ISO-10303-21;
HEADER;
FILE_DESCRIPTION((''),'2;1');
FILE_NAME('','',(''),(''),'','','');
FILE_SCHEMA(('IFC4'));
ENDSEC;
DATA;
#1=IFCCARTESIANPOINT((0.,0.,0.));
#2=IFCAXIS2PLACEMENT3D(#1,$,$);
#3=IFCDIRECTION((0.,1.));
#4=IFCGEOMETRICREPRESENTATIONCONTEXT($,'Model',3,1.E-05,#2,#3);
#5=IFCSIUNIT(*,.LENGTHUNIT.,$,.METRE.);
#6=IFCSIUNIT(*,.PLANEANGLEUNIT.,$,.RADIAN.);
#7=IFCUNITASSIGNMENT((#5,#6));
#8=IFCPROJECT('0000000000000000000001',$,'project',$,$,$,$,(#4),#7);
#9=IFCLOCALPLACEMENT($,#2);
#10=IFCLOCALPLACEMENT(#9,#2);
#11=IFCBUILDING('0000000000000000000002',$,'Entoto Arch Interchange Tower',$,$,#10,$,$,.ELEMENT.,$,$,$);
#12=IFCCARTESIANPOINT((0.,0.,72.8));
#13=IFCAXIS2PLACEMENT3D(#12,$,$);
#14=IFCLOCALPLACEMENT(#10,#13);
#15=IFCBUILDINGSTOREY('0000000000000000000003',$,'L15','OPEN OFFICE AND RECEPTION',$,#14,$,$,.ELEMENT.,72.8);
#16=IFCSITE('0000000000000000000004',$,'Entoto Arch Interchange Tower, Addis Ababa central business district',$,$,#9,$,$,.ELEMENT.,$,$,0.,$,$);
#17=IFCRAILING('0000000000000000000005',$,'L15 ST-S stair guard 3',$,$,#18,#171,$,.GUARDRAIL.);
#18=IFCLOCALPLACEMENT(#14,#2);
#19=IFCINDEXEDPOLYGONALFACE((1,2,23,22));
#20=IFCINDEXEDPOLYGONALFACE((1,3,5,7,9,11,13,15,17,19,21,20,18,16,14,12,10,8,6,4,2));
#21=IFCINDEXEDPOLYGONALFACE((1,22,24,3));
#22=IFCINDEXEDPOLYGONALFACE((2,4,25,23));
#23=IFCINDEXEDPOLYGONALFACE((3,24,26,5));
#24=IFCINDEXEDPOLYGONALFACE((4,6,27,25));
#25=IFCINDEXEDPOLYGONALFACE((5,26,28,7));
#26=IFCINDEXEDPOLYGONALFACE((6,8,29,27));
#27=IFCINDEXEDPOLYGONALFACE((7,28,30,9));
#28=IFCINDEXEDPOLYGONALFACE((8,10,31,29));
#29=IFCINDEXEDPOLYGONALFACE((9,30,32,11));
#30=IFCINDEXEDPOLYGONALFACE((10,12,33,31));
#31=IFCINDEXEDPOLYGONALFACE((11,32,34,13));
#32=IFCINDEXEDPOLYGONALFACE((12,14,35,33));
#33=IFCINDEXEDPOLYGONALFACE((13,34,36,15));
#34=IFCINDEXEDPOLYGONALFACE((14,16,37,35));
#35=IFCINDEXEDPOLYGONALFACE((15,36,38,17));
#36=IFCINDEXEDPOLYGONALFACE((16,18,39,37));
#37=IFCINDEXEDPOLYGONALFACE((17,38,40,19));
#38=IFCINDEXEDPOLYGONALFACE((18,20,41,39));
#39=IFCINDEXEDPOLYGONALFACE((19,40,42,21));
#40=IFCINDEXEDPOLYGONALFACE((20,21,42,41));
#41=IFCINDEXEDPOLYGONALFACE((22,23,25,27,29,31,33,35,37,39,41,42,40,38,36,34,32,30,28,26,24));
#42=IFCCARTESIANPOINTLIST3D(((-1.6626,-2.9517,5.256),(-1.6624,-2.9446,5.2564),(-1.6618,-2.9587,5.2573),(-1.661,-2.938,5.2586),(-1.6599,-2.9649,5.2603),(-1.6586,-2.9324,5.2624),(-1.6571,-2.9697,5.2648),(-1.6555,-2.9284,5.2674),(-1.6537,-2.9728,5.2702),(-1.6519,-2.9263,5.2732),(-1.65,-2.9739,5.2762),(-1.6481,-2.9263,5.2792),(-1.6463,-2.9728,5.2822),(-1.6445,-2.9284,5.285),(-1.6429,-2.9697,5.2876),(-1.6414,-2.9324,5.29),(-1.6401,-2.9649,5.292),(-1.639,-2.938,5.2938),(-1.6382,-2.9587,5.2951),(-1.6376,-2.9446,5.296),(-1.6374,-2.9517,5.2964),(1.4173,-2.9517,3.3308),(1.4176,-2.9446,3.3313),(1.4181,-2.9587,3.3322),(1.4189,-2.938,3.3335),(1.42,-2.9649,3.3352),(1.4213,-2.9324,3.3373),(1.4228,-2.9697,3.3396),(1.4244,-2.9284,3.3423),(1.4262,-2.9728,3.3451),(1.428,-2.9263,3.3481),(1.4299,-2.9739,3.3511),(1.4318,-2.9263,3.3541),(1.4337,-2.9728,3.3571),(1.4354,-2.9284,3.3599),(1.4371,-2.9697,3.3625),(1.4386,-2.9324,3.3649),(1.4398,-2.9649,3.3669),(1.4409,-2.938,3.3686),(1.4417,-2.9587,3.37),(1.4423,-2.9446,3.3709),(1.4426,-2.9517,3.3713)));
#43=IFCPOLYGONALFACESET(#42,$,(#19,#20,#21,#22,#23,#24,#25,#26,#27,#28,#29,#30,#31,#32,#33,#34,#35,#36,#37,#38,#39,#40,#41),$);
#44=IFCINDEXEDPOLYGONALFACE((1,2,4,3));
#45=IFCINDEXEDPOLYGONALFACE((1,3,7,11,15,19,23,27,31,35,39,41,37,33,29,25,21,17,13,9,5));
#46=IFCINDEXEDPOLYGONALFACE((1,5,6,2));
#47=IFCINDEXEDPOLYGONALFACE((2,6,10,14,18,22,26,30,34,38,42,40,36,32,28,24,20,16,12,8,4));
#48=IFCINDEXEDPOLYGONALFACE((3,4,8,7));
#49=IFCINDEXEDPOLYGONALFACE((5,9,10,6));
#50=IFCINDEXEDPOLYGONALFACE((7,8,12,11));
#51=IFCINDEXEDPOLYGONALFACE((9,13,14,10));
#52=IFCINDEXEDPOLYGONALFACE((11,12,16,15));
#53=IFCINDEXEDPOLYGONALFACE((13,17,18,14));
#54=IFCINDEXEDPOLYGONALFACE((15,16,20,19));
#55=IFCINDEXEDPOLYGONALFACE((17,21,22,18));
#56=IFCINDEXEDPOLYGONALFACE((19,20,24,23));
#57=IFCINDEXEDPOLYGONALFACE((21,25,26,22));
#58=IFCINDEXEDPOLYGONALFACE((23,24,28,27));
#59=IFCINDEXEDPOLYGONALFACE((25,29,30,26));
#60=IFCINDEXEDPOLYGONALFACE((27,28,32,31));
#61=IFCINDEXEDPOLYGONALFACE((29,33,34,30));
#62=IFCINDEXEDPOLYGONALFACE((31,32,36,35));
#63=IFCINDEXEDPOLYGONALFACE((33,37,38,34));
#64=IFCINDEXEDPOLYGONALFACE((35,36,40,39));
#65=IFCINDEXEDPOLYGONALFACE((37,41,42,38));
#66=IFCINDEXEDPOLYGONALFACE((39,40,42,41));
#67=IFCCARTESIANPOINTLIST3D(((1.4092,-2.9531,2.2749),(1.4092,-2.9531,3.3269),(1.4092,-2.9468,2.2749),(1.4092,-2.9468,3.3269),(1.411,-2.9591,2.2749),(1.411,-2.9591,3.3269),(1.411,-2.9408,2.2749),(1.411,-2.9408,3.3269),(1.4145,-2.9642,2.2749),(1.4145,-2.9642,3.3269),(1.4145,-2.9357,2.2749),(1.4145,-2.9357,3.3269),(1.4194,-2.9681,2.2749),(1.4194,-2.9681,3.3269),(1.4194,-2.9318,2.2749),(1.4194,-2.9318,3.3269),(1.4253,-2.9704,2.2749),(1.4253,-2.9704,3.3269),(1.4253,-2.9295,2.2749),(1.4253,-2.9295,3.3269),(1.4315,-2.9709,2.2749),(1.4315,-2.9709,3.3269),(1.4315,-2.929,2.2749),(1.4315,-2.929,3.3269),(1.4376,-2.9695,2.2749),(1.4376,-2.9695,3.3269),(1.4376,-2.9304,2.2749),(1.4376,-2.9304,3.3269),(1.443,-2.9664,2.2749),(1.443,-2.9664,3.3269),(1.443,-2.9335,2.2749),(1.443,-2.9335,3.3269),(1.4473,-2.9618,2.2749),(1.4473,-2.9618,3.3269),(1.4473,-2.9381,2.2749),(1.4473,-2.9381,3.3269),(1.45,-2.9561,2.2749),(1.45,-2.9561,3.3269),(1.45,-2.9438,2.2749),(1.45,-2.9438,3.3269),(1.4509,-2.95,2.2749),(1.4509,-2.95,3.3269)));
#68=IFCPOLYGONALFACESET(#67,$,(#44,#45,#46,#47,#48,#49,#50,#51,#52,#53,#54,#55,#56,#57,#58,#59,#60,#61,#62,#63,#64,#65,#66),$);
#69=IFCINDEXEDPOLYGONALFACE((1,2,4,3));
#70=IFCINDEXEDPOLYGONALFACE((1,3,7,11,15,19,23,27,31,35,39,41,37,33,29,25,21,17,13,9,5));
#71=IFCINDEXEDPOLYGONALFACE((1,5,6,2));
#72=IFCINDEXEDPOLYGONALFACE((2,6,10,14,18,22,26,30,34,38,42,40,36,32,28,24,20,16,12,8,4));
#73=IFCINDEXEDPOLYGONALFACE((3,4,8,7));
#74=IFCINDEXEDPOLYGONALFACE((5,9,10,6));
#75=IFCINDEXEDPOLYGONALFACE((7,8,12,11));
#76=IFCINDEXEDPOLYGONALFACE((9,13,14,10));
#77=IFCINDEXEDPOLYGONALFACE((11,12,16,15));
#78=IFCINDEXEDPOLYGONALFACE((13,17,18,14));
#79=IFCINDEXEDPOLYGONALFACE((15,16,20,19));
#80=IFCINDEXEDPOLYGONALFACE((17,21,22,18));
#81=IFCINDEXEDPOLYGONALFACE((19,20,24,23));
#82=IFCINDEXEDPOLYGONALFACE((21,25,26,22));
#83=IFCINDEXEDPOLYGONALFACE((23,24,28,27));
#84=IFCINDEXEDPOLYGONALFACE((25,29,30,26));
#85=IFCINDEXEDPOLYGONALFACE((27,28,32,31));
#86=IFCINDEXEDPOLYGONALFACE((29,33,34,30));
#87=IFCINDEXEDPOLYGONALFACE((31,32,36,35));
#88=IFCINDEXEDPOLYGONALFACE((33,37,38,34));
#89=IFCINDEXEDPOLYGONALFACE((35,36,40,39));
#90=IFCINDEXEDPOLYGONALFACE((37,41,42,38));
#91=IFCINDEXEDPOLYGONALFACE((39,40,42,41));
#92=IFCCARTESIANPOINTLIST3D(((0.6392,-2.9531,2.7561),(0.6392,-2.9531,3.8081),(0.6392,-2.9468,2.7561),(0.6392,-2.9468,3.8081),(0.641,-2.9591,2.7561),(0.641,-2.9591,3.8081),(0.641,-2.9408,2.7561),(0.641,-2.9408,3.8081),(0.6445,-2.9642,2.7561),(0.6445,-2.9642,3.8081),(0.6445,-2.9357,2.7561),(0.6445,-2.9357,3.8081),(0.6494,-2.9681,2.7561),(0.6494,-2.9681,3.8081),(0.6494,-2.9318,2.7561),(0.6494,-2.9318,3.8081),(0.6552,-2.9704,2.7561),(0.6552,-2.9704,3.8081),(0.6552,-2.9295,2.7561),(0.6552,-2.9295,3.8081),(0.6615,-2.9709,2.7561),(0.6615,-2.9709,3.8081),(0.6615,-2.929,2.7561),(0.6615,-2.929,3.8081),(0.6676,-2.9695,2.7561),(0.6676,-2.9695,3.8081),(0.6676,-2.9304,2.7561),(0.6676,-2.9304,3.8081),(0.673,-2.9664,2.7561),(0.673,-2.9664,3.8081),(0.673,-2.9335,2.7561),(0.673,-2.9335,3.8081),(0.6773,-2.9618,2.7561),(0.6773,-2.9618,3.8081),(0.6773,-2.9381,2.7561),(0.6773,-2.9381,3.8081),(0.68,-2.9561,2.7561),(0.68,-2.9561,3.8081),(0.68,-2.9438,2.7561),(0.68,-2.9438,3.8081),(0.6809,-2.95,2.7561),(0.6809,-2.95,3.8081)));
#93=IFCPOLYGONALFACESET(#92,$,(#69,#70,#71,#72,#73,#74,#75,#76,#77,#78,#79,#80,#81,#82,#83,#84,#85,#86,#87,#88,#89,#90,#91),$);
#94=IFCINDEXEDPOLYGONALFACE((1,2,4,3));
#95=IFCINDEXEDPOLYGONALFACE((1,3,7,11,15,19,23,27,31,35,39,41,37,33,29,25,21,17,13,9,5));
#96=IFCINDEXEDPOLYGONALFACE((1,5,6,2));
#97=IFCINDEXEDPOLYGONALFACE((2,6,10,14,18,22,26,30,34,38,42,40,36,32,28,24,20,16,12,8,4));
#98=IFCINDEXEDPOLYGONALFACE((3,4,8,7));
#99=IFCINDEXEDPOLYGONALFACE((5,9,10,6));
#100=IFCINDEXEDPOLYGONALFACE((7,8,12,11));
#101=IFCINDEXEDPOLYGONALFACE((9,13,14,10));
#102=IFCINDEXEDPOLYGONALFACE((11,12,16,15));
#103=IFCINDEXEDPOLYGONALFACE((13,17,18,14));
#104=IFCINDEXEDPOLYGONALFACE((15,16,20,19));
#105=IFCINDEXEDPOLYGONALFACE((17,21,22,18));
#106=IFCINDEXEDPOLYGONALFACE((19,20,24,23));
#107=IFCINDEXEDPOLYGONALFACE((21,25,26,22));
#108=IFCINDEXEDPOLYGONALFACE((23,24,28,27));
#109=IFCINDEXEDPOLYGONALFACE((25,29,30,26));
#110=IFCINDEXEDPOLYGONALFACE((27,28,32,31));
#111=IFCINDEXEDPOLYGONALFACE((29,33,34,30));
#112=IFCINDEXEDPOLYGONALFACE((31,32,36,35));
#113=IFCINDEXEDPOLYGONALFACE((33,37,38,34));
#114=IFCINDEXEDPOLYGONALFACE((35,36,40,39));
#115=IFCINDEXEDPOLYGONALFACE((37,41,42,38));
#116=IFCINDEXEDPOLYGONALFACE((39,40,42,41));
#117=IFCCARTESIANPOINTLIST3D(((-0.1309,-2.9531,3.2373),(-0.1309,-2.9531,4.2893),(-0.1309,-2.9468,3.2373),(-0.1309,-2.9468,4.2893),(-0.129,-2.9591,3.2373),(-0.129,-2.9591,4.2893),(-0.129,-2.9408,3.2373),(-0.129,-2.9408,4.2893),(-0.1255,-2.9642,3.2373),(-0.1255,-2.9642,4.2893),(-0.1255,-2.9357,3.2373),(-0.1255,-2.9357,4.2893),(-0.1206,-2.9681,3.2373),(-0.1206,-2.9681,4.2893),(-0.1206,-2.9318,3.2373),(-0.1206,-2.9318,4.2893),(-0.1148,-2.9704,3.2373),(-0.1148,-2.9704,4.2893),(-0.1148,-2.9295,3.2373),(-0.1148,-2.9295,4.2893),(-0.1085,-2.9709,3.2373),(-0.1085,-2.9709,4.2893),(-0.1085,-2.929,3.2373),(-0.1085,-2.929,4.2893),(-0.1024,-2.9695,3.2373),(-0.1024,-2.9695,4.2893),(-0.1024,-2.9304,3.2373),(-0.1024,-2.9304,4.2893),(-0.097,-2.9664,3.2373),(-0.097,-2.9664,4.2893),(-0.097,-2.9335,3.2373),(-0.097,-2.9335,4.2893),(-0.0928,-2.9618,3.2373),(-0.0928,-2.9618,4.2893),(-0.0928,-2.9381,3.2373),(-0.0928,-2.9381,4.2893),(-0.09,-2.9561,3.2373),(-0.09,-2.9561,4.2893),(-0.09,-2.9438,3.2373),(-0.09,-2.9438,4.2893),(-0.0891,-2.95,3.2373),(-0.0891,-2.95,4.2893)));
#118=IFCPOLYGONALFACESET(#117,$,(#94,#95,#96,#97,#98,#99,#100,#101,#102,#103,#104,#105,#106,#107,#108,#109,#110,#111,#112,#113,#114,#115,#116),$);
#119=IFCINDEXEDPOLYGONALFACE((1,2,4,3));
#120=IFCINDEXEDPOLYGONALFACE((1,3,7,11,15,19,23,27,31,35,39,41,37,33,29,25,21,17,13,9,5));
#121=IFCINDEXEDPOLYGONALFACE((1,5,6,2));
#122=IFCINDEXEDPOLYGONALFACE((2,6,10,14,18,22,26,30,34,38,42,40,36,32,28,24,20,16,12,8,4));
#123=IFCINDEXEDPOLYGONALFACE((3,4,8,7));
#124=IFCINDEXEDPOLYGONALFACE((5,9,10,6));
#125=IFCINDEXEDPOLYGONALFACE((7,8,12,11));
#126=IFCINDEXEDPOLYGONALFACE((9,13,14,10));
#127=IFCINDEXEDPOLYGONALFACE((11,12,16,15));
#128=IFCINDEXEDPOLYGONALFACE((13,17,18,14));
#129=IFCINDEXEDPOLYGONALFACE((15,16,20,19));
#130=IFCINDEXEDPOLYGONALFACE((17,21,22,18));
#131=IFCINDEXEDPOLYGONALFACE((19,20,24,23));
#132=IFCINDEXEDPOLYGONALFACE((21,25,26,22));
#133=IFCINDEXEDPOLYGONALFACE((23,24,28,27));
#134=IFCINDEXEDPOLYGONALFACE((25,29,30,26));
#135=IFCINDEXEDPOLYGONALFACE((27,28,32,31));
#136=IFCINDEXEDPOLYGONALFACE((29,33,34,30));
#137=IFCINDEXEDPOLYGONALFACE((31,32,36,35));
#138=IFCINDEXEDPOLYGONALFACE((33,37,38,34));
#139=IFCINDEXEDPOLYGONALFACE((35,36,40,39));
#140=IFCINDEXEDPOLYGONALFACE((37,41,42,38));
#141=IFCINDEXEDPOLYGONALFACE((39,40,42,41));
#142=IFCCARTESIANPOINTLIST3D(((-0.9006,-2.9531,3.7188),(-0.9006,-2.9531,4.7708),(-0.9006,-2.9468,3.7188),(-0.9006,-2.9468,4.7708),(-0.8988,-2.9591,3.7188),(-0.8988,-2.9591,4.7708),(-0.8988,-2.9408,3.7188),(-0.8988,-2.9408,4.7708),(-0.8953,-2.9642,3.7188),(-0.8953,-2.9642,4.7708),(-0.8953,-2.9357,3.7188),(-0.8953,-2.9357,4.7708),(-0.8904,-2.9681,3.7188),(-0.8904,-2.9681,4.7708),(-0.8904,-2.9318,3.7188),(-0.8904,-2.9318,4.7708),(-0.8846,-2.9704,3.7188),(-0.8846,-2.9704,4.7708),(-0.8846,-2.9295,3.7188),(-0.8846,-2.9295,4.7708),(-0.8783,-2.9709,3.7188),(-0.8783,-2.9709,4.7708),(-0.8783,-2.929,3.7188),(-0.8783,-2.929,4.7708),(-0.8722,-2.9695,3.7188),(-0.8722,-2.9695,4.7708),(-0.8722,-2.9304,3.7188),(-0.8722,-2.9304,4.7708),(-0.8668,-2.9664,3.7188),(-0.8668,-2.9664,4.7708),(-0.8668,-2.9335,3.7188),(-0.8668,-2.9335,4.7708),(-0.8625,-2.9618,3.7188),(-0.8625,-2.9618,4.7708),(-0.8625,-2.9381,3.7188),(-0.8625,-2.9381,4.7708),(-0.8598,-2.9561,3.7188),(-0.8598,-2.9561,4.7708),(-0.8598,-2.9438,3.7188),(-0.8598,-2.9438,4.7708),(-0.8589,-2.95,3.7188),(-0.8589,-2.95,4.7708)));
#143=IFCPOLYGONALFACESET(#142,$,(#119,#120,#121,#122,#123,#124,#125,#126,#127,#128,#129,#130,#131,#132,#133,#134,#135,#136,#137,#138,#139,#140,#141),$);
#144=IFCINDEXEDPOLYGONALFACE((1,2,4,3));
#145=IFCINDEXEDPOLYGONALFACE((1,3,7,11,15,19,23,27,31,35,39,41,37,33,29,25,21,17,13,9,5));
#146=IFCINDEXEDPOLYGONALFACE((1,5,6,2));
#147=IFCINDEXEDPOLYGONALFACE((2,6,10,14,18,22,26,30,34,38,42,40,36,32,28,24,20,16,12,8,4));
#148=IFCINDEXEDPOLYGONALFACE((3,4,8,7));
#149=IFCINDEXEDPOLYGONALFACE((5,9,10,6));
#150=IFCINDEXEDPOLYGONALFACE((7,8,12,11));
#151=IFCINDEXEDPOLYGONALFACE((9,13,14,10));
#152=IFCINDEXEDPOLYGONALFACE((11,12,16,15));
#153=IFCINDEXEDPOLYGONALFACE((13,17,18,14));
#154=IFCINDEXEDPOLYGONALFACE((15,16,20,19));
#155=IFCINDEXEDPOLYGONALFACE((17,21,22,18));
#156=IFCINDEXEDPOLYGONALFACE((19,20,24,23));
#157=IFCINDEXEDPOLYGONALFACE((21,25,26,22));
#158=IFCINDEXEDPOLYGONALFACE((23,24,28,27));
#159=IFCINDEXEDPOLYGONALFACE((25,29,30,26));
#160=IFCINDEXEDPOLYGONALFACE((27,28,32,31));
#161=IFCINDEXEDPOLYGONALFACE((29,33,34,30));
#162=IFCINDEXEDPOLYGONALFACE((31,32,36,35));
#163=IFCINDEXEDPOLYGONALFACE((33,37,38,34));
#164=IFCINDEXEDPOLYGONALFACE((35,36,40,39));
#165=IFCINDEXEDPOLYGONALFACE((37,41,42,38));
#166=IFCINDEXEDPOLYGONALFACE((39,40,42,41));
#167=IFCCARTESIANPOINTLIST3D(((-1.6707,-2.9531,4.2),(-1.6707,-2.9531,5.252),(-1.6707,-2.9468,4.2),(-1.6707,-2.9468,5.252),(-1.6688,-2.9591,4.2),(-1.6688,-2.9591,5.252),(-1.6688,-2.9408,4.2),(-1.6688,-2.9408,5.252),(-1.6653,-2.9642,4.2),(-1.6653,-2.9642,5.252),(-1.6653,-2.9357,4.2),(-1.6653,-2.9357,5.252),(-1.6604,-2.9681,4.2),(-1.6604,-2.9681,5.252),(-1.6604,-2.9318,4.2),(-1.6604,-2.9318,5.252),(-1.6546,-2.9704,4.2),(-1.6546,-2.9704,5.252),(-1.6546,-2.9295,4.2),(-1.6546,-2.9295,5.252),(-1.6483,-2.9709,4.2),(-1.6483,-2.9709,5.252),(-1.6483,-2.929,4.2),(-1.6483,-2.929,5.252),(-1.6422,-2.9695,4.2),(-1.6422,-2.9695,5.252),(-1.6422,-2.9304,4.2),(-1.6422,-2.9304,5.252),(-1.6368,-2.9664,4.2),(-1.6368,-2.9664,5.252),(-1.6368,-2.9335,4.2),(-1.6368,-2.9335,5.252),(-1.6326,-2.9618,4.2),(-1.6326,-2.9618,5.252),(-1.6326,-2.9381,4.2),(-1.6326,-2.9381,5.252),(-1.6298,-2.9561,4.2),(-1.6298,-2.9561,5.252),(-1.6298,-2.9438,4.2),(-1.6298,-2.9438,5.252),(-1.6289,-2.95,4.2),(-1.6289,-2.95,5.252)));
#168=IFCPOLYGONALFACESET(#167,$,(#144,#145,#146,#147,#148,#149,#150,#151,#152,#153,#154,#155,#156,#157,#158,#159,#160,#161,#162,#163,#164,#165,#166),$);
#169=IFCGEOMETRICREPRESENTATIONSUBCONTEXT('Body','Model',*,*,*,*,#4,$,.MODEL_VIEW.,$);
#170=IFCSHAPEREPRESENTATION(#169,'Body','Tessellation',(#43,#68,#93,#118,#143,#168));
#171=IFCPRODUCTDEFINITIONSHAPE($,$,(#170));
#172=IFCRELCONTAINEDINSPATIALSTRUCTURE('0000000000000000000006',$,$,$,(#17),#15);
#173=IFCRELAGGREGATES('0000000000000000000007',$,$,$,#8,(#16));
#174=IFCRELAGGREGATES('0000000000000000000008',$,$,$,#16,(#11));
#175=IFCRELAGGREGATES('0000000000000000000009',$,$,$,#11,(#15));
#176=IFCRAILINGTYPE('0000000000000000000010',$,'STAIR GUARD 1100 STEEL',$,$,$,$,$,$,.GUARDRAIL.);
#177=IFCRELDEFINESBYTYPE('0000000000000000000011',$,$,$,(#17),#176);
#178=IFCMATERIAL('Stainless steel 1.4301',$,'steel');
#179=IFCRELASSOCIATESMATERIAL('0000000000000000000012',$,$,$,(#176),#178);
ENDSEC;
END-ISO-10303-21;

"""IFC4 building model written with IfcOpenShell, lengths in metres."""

from ifc_helpers import new_model, si_unit, direction, frame, origin, origin_2d, place, context, subcontext, project, spatial, circle, extrude, material, type_object, element, save


model = new_model("IFC4")

# Units and contexts
model_context = context("Model", 3, precision=1e-05, world=origin(), true_north=direction((0.0, 1.0)))
body_context = subcontext(model_context, "Body", "Model", "MODEL_VIEW")
ifc_project = project(units=[si_unit("LENGTHUNIT", "METRE"), si_unit("PLANEANGLEUNIT", "RADIAN")], contexts=[model_context])

# Site, building, storey
site_placement = place(None, origin())
site = spatial("IfcSite", under=ifc_project, at=site_placement, Name="Entoto Arch Interchange Tower, Addis Ababa central business district", CompositionType="ELEMENT", RefElevation=0.0)
building_placement = place(site_placement, origin())
building = spatial("IfcBuilding", under=site, at=building_placement, Name="Entoto Arch Interchange Tower", CompositionType="ELEMENT")
storey_placement = place(building_placement, frame((0.0, 0.0, 72.8)))
storey = spatial("IfcBuildingStorey", under=building, at=storey_placement, Name="L15", Description="OPEN OFFICE AND RECEPTION", CompositionType="ELEMENT", Elevation=72.8)

# Railing
ifc_material_1 = material(Name="Stainless steel 1.4301", Category="steel")
railing_type_1 = type_object("IfcRailingType", Name="STAIR GUARD 1100 STEEL", PredefinedType="GUARDRAIL", material=ifc_material_1)
railing_1_placement = place(storey_placement, frame((1.4299, -2.95, 2.2749)))
element("IfcRailing", 1, at=railing_1_placement, inside=storey, type_object=railing_type_1, Name="L15 ST-S stair guard 3", PredefinedType="GUARDRAIL", context=body_context, shape_type="SweptSolid", body=[
    extrude(circle(Radius=0.0239, at=origin_2d()), frame((0.0, 0.0, 1.0762), z_axis=(-0.847979, 0.0, 0.530029), x_axis=(0.0, -1.0, 0.0)), (0.0, 0.0, 1.0), 3.6321),
    extrude(circle(Radius=0.021, at=origin_2d()), origin(), (0.0, 0.0, 1.0), 1.052),
    extrude(circle(Radius=0.021, at=origin_2d()), frame((-0.77, 0.0, 0.4812)), (0.0, 0.0, 1.0), 1.052),
    extrude(circle(Radius=0.021, at=origin_2d()), frame((-1.54, 0.0, 0.9624)), (0.0, 0.0, 1.0), 1.052),
    extrude(circle(Radius=0.021, at=origin_2d()), frame((-2.3098, 0.0, 1.4438)), (0.0, 0.0, 1.0), 1.052),
    extrude(circle(Radius=0.021, at=origin_2d()), frame((-3.0798, 0.0, 1.925)), (0.0, 0.0, 1.0), 1.052),
])

save(model, "model.ifc")
